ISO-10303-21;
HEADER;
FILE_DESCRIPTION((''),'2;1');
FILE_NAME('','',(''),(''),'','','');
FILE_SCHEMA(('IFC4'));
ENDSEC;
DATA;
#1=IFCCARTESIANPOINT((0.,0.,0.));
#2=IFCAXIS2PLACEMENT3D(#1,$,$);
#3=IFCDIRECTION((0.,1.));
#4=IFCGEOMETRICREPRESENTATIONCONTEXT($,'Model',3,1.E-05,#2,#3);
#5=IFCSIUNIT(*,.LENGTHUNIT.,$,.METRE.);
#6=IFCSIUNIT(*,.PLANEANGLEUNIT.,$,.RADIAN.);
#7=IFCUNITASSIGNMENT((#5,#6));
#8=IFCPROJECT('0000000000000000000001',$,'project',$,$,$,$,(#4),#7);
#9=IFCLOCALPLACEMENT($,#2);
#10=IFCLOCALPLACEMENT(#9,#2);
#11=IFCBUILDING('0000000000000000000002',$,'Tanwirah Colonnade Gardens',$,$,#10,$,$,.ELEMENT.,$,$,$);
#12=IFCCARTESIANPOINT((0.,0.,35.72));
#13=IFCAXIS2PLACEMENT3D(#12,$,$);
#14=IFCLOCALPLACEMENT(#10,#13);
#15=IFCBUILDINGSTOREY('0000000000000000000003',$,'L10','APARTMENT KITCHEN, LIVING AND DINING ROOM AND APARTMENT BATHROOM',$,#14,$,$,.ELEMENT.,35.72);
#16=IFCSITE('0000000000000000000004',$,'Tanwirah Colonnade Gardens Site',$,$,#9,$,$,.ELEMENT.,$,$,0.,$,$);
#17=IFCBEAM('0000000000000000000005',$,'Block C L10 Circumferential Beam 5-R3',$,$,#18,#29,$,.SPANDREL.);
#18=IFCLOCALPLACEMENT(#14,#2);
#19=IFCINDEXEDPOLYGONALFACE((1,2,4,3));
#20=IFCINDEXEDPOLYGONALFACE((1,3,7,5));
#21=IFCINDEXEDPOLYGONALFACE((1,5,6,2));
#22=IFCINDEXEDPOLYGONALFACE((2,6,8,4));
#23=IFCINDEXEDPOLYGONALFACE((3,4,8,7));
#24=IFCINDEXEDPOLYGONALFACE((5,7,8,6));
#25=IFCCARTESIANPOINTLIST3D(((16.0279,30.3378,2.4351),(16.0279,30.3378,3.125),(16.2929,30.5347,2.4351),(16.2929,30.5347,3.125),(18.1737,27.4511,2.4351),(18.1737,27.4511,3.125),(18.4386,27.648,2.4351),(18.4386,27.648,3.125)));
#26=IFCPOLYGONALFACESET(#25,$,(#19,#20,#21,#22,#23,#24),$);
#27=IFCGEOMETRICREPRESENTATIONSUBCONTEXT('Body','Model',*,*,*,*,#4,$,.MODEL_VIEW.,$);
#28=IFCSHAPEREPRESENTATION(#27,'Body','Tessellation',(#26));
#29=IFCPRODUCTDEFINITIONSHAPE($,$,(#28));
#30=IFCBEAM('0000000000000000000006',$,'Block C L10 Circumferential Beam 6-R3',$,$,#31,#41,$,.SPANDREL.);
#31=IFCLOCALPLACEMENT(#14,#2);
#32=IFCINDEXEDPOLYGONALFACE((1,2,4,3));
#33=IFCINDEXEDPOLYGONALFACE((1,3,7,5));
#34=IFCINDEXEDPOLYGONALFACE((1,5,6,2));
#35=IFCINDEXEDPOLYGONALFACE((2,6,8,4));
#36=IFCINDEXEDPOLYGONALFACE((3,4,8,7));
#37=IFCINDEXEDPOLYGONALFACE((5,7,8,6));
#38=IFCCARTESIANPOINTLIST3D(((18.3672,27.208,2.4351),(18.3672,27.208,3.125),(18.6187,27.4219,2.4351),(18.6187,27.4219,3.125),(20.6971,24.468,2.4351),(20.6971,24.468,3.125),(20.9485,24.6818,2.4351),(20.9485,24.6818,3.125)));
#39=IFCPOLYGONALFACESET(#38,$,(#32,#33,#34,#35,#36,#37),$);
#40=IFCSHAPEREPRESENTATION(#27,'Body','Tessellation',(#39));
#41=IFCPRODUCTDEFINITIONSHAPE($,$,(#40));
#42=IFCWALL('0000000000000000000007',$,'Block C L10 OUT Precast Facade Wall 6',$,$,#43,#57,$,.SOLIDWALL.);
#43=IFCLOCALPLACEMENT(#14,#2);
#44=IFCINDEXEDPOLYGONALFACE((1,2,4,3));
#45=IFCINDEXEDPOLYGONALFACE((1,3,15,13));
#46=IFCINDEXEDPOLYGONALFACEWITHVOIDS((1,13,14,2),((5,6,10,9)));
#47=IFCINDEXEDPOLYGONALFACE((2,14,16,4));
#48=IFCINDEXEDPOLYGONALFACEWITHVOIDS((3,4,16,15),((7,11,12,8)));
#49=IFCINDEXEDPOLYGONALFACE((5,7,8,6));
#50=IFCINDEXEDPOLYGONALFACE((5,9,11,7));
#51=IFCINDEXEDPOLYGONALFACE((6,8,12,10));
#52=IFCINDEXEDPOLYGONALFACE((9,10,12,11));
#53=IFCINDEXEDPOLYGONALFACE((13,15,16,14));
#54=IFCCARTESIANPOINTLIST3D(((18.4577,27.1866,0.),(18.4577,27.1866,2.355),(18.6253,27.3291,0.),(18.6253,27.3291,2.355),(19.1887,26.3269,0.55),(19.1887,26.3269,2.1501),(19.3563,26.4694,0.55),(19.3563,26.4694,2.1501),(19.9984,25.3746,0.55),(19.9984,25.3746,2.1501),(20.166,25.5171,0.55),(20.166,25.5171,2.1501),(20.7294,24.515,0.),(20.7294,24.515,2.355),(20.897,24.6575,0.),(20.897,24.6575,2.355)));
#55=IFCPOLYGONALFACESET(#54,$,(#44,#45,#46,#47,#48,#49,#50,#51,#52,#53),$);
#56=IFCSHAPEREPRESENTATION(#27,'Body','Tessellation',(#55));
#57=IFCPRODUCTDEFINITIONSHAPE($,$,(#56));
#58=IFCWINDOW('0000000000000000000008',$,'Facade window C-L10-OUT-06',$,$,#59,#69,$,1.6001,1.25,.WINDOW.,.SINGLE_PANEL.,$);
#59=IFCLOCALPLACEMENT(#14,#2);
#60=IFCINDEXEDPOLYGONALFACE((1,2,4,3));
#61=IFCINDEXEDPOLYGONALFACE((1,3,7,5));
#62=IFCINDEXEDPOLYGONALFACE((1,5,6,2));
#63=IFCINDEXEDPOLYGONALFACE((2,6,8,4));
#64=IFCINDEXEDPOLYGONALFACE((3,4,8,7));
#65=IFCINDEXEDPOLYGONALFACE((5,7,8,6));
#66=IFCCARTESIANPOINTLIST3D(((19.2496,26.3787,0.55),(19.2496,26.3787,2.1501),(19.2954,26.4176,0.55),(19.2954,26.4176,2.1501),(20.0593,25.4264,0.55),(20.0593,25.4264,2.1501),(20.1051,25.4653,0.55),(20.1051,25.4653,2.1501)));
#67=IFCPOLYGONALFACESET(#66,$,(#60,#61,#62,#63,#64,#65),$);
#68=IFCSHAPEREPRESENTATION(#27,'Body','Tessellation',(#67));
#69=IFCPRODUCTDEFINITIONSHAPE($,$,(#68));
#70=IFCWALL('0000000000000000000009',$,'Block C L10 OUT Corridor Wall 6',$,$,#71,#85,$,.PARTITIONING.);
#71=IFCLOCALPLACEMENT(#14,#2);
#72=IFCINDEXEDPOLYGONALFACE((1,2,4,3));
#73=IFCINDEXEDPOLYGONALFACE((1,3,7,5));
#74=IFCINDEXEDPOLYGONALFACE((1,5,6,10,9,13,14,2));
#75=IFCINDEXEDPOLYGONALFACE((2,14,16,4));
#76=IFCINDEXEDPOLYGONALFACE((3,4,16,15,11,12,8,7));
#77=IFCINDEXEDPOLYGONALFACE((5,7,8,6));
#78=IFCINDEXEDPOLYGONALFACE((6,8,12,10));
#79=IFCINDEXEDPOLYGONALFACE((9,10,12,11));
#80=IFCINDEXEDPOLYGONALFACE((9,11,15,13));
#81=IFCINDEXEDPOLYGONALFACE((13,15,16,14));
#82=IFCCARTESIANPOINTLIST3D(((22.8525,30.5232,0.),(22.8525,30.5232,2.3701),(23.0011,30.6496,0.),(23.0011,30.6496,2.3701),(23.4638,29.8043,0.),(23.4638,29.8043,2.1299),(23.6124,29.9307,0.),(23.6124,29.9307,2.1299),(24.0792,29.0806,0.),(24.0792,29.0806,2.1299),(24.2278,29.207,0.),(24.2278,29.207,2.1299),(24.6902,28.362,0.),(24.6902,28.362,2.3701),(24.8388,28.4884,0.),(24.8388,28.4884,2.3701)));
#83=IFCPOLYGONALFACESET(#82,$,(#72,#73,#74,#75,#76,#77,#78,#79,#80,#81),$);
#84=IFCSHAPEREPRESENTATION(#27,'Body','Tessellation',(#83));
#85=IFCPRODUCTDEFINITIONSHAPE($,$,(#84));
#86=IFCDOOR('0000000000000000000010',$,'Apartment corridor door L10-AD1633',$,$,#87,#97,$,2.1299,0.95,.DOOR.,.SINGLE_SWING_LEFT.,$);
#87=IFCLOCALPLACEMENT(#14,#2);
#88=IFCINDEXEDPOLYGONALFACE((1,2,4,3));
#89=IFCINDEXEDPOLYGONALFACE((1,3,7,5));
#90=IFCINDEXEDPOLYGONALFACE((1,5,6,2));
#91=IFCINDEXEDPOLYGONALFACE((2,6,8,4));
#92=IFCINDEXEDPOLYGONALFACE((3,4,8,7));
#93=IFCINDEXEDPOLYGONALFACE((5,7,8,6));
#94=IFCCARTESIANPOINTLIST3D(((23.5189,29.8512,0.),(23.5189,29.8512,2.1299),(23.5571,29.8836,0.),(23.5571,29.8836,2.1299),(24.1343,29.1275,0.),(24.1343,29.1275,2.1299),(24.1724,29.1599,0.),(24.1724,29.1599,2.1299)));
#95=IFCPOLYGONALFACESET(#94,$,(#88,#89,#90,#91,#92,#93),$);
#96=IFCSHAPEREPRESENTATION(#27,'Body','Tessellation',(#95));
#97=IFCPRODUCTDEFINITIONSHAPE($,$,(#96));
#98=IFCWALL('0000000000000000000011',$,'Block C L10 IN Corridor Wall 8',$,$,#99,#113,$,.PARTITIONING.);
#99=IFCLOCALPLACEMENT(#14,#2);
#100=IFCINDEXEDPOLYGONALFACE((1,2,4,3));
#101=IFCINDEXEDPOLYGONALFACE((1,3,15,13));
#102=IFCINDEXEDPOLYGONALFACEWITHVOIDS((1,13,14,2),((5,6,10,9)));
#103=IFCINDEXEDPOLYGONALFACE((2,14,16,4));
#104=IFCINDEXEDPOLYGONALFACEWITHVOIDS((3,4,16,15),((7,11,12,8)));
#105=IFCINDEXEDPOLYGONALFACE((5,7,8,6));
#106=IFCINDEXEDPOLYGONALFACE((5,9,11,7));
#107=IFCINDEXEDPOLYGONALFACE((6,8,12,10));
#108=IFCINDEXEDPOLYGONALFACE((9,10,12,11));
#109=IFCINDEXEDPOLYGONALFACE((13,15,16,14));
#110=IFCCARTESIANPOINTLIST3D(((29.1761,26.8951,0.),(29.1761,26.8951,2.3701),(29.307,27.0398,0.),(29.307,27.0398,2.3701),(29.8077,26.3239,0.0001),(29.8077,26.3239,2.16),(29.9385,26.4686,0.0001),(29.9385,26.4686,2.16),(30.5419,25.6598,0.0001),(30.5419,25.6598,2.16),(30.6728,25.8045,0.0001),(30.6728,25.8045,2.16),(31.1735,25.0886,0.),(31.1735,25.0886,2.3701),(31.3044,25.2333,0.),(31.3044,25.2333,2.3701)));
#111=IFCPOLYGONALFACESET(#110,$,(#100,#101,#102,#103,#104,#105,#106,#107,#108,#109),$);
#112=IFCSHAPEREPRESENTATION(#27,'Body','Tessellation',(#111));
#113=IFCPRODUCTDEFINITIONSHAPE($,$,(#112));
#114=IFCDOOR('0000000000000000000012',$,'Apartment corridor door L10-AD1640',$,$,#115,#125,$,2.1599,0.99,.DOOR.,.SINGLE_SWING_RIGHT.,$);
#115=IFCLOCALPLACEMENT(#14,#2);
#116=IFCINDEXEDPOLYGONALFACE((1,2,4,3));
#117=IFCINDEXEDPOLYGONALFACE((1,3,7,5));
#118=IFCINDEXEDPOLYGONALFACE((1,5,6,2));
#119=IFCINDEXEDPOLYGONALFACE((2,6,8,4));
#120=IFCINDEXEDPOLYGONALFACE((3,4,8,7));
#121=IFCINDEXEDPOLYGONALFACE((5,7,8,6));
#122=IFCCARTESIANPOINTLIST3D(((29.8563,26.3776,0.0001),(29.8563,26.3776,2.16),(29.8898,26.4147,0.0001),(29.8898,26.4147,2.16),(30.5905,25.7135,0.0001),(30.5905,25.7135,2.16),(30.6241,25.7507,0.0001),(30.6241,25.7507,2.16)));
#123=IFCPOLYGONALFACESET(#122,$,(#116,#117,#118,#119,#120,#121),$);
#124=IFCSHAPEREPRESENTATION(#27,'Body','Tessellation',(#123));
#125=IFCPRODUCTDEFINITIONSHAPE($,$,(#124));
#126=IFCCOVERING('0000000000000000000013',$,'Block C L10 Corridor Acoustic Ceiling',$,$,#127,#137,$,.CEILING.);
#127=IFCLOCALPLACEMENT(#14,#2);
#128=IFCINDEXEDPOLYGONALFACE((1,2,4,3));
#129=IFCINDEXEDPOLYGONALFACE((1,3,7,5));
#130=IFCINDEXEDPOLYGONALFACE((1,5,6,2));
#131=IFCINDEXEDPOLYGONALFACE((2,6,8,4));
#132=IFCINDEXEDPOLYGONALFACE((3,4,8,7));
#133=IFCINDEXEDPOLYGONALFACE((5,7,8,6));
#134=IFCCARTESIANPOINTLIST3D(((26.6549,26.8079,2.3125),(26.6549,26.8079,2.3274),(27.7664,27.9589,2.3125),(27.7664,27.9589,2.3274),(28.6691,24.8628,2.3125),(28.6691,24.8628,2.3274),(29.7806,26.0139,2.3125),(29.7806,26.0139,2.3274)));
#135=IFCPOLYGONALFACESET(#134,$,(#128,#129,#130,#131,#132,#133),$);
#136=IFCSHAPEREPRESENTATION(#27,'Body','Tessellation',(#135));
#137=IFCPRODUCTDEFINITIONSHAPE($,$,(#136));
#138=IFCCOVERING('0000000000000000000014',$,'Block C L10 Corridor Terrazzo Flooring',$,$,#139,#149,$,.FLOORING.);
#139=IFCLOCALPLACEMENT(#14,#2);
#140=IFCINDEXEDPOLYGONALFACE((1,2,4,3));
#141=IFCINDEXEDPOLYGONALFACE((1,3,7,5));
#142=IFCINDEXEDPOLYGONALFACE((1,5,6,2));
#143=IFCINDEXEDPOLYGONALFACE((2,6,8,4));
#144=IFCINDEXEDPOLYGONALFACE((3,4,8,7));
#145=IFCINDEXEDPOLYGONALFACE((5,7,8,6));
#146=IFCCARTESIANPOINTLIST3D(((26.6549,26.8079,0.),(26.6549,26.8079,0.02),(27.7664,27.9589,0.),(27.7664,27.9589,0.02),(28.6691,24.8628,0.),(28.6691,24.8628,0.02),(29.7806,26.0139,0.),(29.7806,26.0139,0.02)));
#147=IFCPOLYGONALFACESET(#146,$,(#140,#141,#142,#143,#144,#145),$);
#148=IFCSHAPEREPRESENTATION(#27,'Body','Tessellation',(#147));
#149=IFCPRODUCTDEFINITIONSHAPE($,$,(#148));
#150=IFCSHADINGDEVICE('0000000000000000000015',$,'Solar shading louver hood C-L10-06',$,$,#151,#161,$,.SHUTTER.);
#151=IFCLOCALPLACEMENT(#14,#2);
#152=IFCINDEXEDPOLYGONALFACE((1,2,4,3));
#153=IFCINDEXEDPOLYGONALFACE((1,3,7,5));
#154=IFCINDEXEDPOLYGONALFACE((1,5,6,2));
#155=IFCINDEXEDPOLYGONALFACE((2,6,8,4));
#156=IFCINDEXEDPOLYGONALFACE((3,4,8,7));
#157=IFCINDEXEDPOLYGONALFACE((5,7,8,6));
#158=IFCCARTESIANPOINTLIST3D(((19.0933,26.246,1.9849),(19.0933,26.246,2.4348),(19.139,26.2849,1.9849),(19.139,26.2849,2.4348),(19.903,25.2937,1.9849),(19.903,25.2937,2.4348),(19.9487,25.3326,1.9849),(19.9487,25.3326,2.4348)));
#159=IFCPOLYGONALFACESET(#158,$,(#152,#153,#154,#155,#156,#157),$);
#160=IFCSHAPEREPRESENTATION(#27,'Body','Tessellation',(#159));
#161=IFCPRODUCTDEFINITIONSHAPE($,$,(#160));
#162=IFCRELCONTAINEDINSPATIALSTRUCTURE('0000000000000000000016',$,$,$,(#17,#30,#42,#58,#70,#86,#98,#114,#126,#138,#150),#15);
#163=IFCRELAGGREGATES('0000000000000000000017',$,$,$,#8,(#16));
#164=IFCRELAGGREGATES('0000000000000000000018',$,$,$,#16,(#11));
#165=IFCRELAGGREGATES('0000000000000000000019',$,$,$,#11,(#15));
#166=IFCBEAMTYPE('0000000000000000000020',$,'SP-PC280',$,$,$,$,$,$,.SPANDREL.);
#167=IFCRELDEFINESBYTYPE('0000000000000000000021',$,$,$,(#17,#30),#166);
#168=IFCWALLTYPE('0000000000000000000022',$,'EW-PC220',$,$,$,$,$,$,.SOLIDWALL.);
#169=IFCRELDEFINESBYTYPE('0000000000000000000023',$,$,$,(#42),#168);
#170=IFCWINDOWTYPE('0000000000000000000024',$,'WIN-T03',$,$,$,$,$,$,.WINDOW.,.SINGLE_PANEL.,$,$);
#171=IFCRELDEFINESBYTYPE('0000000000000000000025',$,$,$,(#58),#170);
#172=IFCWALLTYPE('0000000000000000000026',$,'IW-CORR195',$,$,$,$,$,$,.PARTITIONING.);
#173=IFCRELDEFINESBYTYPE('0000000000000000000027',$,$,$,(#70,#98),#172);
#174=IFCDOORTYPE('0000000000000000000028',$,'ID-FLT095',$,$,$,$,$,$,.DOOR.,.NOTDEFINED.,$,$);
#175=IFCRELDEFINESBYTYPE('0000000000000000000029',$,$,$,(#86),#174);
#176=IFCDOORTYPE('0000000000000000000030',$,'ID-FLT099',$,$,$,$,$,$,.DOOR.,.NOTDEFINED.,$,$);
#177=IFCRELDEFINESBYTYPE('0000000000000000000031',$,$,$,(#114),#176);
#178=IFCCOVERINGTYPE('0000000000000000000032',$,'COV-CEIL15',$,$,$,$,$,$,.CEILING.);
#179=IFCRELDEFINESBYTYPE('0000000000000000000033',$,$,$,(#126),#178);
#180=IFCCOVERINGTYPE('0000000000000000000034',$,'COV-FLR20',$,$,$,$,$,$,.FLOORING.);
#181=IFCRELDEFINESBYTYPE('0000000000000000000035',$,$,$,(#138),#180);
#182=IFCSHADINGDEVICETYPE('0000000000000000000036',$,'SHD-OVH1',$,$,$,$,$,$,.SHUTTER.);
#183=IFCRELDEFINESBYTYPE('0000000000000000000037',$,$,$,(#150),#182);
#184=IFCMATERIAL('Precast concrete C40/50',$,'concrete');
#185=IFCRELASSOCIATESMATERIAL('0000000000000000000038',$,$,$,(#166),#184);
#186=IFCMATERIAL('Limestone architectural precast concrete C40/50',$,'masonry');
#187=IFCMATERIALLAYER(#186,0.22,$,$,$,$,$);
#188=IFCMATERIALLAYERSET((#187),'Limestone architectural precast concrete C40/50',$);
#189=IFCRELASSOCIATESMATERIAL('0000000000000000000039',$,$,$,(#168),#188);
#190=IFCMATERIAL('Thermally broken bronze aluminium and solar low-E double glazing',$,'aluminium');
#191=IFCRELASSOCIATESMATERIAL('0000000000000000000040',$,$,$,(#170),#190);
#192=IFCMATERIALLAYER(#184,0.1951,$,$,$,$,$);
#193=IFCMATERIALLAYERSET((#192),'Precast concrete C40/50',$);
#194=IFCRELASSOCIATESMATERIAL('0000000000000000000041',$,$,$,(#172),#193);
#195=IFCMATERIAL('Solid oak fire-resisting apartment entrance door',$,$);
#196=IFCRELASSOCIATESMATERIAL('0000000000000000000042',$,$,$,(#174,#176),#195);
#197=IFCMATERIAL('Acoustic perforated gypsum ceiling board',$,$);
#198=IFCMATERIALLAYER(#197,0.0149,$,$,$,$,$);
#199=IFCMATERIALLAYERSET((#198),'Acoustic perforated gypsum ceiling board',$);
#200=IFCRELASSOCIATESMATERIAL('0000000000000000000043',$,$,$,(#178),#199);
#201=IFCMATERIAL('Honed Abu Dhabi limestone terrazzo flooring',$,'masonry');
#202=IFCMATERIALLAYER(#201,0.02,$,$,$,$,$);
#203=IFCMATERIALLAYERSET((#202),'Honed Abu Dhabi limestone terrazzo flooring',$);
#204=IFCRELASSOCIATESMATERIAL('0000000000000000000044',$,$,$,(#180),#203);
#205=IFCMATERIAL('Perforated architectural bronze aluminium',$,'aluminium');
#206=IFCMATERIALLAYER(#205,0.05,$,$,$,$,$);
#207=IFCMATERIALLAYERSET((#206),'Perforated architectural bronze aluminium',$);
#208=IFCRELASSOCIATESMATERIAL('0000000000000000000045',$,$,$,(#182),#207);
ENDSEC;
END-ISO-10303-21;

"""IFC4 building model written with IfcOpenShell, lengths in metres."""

from ifc_helpers import new_model, si_unit, direction, frame, frame_2d, origin, origin_2d, place, context, subcontext, project, spatial, rectangle, extrude, material, layer, layer_set, material_profile, profile_set, type_object, element, fill, save


model = new_model("IFC4")

# Units and contexts
model_context = context("Model", 3, precision=1e-05, world=origin(), true_north=direction((0.0, 1.0)))
body_context = subcontext(model_context, "Body", "Model", "MODEL_VIEW")
ifc_project = project(units=[si_unit("LENGTHUNIT", "METRE"), si_unit("PLANEANGLEUNIT", "RADIAN")], contexts=[model_context])

# Site, building, storey
site_placement = place(None, origin())
site = spatial("IfcSite", under=ifc_project, at=site_placement, Name="Tanwirah Colonnade Gardens Site", CompositionType="ELEMENT", RefElevation=0.0)
building_placement = place(site_placement, origin())
building = spatial("IfcBuilding", under=site, at=building_placement, Name="Tanwirah Colonnade Gardens", CompositionType="ELEMENT")
storey_placement = place(building_placement, frame((0.0, 0.0, 35.72)))
storey = spatial("IfcBuildingStorey", under=building, at=storey_placement, Name="L10", Description="APARTMENT KITCHEN, LIVING AND DINING ROOM AND APARTMENT BATHROOM", CompositionType="ELEMENT", Elevation=35.72)

# Shared definitions
ifc_material_1 = material(Name="Precast concrete C40/50", Category="concrete")

# Beams
ifc_material_profile_1 = material_profile(ifc_material_1, rectangle(XDim=0.3301, YDim=0.6899, at=origin_2d()), Name="PC-SP 330x690")
ifc_profile_set_1 = profile_set([ifc_material_profile_1], Name="Precast concrete C40/50")
beam_type_1 = type_object("IfcBeamType", Name="SP-PC280", PredefinedType="SPANDREL", material=ifc_profile_set_1)
beam_1_placement = place(storey_placement, frame((16.1604, 30.4363, 2.78), z_axis=(0.596563, -0.802566, 0.0), x_axis=(0.802566, 0.596563, 0.0)))
element("IfcBeam", 1, at=beam_1_placement, inside=storey, type_object=beam_type_1, Name="Block C L10 Circumferential Beam 5-R3", PredefinedType="SPANDREL", context=body_context, shape_type="SweptSolid", body=[
    extrude(rectangle(XDim=0.3301, YDim=0.6899, at=origin_2d()), origin(), (0.0, 0.0, 1.0), 3.5969),
])
beam_2_placement = place(storey_placement, frame((18.4929, 27.3149, 2.78), z_axis=(0.647784, -0.761824, 0.0), x_axis=(0.761824, 0.647784, 0.0)))
element("IfcBeam", 2, at=beam_2_placement, inside=storey, type_object=beam_type_1, Name="Block C L10 Circumferential Beam 6-R3", PredefinedType="SPANDREL", context=body_context, shape_type="SweptSolid", body=[
    extrude(rectangle(XDim=0.3301, YDim=0.6899, at=origin_2d()), origin(), (0.0, 0.0, 1.0), 3.5967),
])

# Shared definitions
ifc_material_2 = material(Name="Limestone architectural precast concrete C40/50", Category="masonry")
ifc_layer_1 = layer(ifc_material_2, 0.22)
ifc_layer_set_1 = layer_set([ifc_layer_1], Name="Limestone architectural precast concrete C40/50")
wall_type_1 = type_object("IfcWallType", Name="EW-PC220", PredefinedType="SOLIDWALL", material=ifc_layer_set_1)

# Wall, opening, window
wall_1_placement = place(storey_placement, frame((18.5415, 27.2578, 0.0), z_axis=(0.0, 0.0, 1.0), x_axis=(0.647788, -0.761821, 0.0)))
wall_1 = element("IfcWall", 3, at=wall_1_placement, inside=storey, type_object=wall_type_1, Name="Block C L10 OUT Precast Facade Wall 6", PredefinedType="SOLIDWALL", context=body_context, shape_type="SweptSolid", body=[
    extrude(rectangle(XDim=3.5068, YDim=0.22, at=frame_2d((1.7534, 0.0))), origin(), (0.0, 0.0, 1.0), 2.355),
])
opening_1_placement = place(wall_1_placement, frame((1.1284, 0.0, 0.55)))
opening_1 = element("IfcOpeningElement", 4, at=opening_1_placement, cuts=wall_1, PredefinedType="OPENING", context=body_context, shape_type="SweptSolid", body=[
    extrude(rectangle(XDim=1.25, YDim=1.6001, at=frame_2d((0.625, 0.8))), frame((0.0, 0.1199, 0.0), z_axis=(0.0, -1.0, 0.0), x_axis=(1.0, 0.0, 0.0)), (0.0, 0.0, 1.0), 0.24),
])
ifc_material_3 = material(Name="Thermally broken bronze aluminium and solar low-E double glazing", Category="aluminium")
window_type = type_object("IfcWindowType", Name="WIN-T03", PartitioningType="SINGLE_PANEL", PredefinedType="WINDOW", material=ifc_material_3)
window_placement = place(opening_1_placement, origin())
window = element("IfcWindow", 5, at=window_placement, inside=storey, type_object=window_type, Name="Facade window C-L10-OUT-06", OverallHeight=1.6001, OverallWidth=1.25, PartitioningType="SINGLE_PANEL", PredefinedType="WINDOW", context=body_context, shape_type="SweptSolid", body=[
    extrude(rectangle(XDim=1.25, YDim=1.6001, at=frame_2d((0.625, 0.8))), frame((0.0, 0.03, 0.0), z_axis=(0.0, -1.0, 0.0), x_axis=(1.0, 0.0, 0.0)), (0.0, 0.0, 1.0), 0.0601),
])
fill(opening_1, window)

# Walls, openings, doors
ifc_layer_2 = layer(ifc_material_1, 0.1951)
ifc_layer_set_2 = layer_set([ifc_layer_2], Name="Precast concrete C40/50")
wall_type_2 = type_object("IfcWallType", Name="IW-CORR195", PredefinedType="PARTITIONING", material=ifc_layer_set_2)
wall_2_placement = place(storey_placement, frame((22.9268, 30.5864, 0.0), z_axis=(0.0, 0.0, 1.0), x_axis=(0.647788, -0.76182, 0.0)))
wall_2 = element("IfcWall", 6, at=wall_2_placement, inside=storey, type_object=wall_type_2, Name="Block C L10 OUT Corridor Wall 6", PredefinedType="PARTITIONING", context=body_context, shape_type="SweptSolid", body=[
    extrude(rectangle(XDim=2.8369, YDim=0.1951, at=frame_2d((1.4185, 0.0))), origin(), (0.0, 0.0, 1.0), 2.3701),
])
opening_2_placement = place(wall_2_placement, frame((0.9436, 0.0, 0.0)))
opening_2 = element("IfcOpeningElement", 7, at=opening_2_placement, cuts=wall_2, PredefinedType="OPENING", context=body_context, shape_type="SweptSolid", body=[
    extrude(rectangle(XDim=0.95, YDim=2.1299, at=frame_2d((0.4751, 1.0649))), frame((0.0, 0.1074, 0.0), z_axis=(0.0, -1.0, 0.0), x_axis=(1.0, 0.0, 0.0)), (0.0, 0.0, 1.0), 0.2151),
])
ifc_material_4 = material(Name="Solid oak fire-resisting apartment entrance door")
door_type_1 = type_object("IfcDoorType", Name="ID-FLT095", OperationType="NOTDEFINED", PredefinedType="DOOR", material=ifc_material_4)
door_1_placement = place(opening_2_placement, origin())
door_1 = element("IfcDoor", 8, at=door_1_placement, inside=storey, type_object=door_type_1, Name="Apartment corridor door L10-AD1633", OperationType="SINGLE_SWING_LEFT", OverallHeight=2.1299, OverallWidth=0.95, PredefinedType="DOOR", context=body_context, shape_type="SweptSolid", body=[
    extrude(rectangle(XDim=0.95, YDim=2.1299, at=frame_2d((0.4751, 1.0649))), frame((0.0, 0.0249, 0.0), z_axis=(0.0, -1.0, 0.0), x_axis=(1.0, 0.0, 0.0)), (0.0, 0.0, 1.0), 0.05),
])
fill(opening_2, door_1)
wall_3_placement = place(storey_placement, frame((29.2415, 26.9675, 0.0), z_axis=(0.0, 0.0, 1.0), x_axis=(0.741665, -0.670771, 0.0)))
wall_3 = element("IfcWall", 9, at=wall_3_placement, inside=storey, type_object=wall_type_2, Name="Block C L10 IN Corridor Wall 8", PredefinedType="PARTITIONING", context=body_context, shape_type="SweptSolid", body=[
    extrude(rectangle(XDim=2.6931, YDim=0.1951, at=frame_2d((1.3467, 0.0))), origin(), (0.0, 0.0, 1.0), 2.3701),
])
opening_3_placement = place(wall_3_placement, frame((0.8516, 0.0, 0.0)))
opening_3 = element("IfcOpeningElement", 10, at=opening_3_placement, cuts=wall_3, PredefinedType="OPENING", context=body_context, shape_type="SweptSolid", body=[
    extrude(rectangle(XDim=0.99, YDim=2.1599, at=frame_2d((0.4951, 1.0801))), frame((0.0, 0.1074, 0.0), z_axis=(0.0, -1.0, 0.0), x_axis=(1.0, 0.0, 0.0)), (0.0, 0.0, 1.0), 0.2151),
])
door_type_2 = type_object("IfcDoorType", Name="ID-FLT099", OperationType="NOTDEFINED", PredefinedType="DOOR", material=ifc_material_4)
door_2_placement = place(opening_3_placement, origin())
door_2 = element("IfcDoor", 11, at=door_2_placement, inside=storey, type_object=door_type_2, Name="Apartment corridor door L10-AD1640", OperationType="SINGLE_SWING_RIGHT", OverallHeight=2.1599, OverallWidth=0.99, PredefinedType="DOOR", context=body_context, shape_type="SweptSolid", body=[
    extrude(rectangle(XDim=0.99, YDim=2.1599, at=frame_2d((0.4951, 1.0801))), frame((0.0, 0.0249, 0.0), z_axis=(0.0, -1.0, 0.0), x_axis=(1.0, 0.0, 0.0)), (0.0, 0.0, 1.0), 0.05),
])
fill(opening_3, door_2)

# Coverings
ifc_material_5 = material(Name="Acoustic perforated gypsum ceiling board")
ifc_layer_3 = layer(ifc_material_5, 0.0149)
ifc_layer_set_3 = layer_set([ifc_layer_3], Name="Acoustic perforated gypsum ceiling board")
covering_type_1 = type_object("IfcCoveringType", Name="COV-CEIL15", PredefinedType="CEILING", material=ifc_layer_set_3)
covering_1_placement = place(storey_placement, frame((28.2178, 26.4109, 2.3125), z_axis=(0.0, 0.0, 1.0), x_axis=(0.71934, -0.694658, 0.0)))
element("IfcCovering", 12, at=covering_1_placement, inside=storey, type_object=covering_type_1, Name="Block C L10 Corridor Acoustic Ceiling", PredefinedType="CEILING", context=body_context, shape_type="SweptSolid", body=[
    extrude(rectangle(XDim=2.8, YDim=1.6001, at=origin_2d()), origin(), (0.0, 0.0, 1.0), 0.0149),
])
ifc_material_6 = material(Name="Honed Abu Dhabi limestone terrazzo flooring", Category="masonry")
ifc_layer_4 = layer(ifc_material_6, 0.02)
ifc_layer_set_4 = layer_set([ifc_layer_4], Name="Honed Abu Dhabi limestone terrazzo flooring")
covering_type_2 = type_object("IfcCoveringType", Name="COV-FLR20", PredefinedType="FLOORING", material=ifc_layer_set_4)
covering_2_placement = place(storey_placement, frame((28.2178, 26.4109, 0.0), z_axis=(0.0, 0.0, 1.0), x_axis=(0.71934, -0.694658, 0.0)))
element("IfcCovering", 13, at=covering_2_placement, inside=storey, type_object=covering_type_2, Name="Block C L10 Corridor Terrazzo Flooring", PredefinedType="FLOORING", context=body_context, shape_type="SweptSolid", body=[
    extrude(rectangle(XDim=2.8, YDim=1.6001, at=origin_2d()), origin(), (0.0, 0.0, 1.0), 0.02),
])

# Shading device
ifc_material_7 = material(Name="Perforated architectural bronze aluminium", Category="aluminium")
ifc_layer_5 = layer(ifc_material_7, 0.05)
ifc_layer_set_5 = layer_set([ifc_layer_5], Name="Perforated architectural bronze aluminium")
shading_device_type = type_object("IfcShadingDeviceType", Name="SHD-OVH1", PredefinedType="SHUTTER", material=ifc_layer_set_5)
shading_device_placement = place(storey_placement, frame((19.521, 25.7893, 1.9849), z_axis=(0.0, 0.0, 1.0), x_axis=(0.647789, -0.76182, 0.0)))
element("IfcShadingDevice", 14, at=shading_device_placement, inside=storey, type_object=shading_device_type, Name="Solar shading louver hood C-L10-06", PredefinedType="SHUTTER", context=body_context, shape_type="SweptSolid", body=[
    extrude(rectangle(XDim=1.25, YDim=0.0601, at=origin_2d()), origin(), (0.0, 0.0, 1.0), 0.45),
])

save(model, "model.ifc")
